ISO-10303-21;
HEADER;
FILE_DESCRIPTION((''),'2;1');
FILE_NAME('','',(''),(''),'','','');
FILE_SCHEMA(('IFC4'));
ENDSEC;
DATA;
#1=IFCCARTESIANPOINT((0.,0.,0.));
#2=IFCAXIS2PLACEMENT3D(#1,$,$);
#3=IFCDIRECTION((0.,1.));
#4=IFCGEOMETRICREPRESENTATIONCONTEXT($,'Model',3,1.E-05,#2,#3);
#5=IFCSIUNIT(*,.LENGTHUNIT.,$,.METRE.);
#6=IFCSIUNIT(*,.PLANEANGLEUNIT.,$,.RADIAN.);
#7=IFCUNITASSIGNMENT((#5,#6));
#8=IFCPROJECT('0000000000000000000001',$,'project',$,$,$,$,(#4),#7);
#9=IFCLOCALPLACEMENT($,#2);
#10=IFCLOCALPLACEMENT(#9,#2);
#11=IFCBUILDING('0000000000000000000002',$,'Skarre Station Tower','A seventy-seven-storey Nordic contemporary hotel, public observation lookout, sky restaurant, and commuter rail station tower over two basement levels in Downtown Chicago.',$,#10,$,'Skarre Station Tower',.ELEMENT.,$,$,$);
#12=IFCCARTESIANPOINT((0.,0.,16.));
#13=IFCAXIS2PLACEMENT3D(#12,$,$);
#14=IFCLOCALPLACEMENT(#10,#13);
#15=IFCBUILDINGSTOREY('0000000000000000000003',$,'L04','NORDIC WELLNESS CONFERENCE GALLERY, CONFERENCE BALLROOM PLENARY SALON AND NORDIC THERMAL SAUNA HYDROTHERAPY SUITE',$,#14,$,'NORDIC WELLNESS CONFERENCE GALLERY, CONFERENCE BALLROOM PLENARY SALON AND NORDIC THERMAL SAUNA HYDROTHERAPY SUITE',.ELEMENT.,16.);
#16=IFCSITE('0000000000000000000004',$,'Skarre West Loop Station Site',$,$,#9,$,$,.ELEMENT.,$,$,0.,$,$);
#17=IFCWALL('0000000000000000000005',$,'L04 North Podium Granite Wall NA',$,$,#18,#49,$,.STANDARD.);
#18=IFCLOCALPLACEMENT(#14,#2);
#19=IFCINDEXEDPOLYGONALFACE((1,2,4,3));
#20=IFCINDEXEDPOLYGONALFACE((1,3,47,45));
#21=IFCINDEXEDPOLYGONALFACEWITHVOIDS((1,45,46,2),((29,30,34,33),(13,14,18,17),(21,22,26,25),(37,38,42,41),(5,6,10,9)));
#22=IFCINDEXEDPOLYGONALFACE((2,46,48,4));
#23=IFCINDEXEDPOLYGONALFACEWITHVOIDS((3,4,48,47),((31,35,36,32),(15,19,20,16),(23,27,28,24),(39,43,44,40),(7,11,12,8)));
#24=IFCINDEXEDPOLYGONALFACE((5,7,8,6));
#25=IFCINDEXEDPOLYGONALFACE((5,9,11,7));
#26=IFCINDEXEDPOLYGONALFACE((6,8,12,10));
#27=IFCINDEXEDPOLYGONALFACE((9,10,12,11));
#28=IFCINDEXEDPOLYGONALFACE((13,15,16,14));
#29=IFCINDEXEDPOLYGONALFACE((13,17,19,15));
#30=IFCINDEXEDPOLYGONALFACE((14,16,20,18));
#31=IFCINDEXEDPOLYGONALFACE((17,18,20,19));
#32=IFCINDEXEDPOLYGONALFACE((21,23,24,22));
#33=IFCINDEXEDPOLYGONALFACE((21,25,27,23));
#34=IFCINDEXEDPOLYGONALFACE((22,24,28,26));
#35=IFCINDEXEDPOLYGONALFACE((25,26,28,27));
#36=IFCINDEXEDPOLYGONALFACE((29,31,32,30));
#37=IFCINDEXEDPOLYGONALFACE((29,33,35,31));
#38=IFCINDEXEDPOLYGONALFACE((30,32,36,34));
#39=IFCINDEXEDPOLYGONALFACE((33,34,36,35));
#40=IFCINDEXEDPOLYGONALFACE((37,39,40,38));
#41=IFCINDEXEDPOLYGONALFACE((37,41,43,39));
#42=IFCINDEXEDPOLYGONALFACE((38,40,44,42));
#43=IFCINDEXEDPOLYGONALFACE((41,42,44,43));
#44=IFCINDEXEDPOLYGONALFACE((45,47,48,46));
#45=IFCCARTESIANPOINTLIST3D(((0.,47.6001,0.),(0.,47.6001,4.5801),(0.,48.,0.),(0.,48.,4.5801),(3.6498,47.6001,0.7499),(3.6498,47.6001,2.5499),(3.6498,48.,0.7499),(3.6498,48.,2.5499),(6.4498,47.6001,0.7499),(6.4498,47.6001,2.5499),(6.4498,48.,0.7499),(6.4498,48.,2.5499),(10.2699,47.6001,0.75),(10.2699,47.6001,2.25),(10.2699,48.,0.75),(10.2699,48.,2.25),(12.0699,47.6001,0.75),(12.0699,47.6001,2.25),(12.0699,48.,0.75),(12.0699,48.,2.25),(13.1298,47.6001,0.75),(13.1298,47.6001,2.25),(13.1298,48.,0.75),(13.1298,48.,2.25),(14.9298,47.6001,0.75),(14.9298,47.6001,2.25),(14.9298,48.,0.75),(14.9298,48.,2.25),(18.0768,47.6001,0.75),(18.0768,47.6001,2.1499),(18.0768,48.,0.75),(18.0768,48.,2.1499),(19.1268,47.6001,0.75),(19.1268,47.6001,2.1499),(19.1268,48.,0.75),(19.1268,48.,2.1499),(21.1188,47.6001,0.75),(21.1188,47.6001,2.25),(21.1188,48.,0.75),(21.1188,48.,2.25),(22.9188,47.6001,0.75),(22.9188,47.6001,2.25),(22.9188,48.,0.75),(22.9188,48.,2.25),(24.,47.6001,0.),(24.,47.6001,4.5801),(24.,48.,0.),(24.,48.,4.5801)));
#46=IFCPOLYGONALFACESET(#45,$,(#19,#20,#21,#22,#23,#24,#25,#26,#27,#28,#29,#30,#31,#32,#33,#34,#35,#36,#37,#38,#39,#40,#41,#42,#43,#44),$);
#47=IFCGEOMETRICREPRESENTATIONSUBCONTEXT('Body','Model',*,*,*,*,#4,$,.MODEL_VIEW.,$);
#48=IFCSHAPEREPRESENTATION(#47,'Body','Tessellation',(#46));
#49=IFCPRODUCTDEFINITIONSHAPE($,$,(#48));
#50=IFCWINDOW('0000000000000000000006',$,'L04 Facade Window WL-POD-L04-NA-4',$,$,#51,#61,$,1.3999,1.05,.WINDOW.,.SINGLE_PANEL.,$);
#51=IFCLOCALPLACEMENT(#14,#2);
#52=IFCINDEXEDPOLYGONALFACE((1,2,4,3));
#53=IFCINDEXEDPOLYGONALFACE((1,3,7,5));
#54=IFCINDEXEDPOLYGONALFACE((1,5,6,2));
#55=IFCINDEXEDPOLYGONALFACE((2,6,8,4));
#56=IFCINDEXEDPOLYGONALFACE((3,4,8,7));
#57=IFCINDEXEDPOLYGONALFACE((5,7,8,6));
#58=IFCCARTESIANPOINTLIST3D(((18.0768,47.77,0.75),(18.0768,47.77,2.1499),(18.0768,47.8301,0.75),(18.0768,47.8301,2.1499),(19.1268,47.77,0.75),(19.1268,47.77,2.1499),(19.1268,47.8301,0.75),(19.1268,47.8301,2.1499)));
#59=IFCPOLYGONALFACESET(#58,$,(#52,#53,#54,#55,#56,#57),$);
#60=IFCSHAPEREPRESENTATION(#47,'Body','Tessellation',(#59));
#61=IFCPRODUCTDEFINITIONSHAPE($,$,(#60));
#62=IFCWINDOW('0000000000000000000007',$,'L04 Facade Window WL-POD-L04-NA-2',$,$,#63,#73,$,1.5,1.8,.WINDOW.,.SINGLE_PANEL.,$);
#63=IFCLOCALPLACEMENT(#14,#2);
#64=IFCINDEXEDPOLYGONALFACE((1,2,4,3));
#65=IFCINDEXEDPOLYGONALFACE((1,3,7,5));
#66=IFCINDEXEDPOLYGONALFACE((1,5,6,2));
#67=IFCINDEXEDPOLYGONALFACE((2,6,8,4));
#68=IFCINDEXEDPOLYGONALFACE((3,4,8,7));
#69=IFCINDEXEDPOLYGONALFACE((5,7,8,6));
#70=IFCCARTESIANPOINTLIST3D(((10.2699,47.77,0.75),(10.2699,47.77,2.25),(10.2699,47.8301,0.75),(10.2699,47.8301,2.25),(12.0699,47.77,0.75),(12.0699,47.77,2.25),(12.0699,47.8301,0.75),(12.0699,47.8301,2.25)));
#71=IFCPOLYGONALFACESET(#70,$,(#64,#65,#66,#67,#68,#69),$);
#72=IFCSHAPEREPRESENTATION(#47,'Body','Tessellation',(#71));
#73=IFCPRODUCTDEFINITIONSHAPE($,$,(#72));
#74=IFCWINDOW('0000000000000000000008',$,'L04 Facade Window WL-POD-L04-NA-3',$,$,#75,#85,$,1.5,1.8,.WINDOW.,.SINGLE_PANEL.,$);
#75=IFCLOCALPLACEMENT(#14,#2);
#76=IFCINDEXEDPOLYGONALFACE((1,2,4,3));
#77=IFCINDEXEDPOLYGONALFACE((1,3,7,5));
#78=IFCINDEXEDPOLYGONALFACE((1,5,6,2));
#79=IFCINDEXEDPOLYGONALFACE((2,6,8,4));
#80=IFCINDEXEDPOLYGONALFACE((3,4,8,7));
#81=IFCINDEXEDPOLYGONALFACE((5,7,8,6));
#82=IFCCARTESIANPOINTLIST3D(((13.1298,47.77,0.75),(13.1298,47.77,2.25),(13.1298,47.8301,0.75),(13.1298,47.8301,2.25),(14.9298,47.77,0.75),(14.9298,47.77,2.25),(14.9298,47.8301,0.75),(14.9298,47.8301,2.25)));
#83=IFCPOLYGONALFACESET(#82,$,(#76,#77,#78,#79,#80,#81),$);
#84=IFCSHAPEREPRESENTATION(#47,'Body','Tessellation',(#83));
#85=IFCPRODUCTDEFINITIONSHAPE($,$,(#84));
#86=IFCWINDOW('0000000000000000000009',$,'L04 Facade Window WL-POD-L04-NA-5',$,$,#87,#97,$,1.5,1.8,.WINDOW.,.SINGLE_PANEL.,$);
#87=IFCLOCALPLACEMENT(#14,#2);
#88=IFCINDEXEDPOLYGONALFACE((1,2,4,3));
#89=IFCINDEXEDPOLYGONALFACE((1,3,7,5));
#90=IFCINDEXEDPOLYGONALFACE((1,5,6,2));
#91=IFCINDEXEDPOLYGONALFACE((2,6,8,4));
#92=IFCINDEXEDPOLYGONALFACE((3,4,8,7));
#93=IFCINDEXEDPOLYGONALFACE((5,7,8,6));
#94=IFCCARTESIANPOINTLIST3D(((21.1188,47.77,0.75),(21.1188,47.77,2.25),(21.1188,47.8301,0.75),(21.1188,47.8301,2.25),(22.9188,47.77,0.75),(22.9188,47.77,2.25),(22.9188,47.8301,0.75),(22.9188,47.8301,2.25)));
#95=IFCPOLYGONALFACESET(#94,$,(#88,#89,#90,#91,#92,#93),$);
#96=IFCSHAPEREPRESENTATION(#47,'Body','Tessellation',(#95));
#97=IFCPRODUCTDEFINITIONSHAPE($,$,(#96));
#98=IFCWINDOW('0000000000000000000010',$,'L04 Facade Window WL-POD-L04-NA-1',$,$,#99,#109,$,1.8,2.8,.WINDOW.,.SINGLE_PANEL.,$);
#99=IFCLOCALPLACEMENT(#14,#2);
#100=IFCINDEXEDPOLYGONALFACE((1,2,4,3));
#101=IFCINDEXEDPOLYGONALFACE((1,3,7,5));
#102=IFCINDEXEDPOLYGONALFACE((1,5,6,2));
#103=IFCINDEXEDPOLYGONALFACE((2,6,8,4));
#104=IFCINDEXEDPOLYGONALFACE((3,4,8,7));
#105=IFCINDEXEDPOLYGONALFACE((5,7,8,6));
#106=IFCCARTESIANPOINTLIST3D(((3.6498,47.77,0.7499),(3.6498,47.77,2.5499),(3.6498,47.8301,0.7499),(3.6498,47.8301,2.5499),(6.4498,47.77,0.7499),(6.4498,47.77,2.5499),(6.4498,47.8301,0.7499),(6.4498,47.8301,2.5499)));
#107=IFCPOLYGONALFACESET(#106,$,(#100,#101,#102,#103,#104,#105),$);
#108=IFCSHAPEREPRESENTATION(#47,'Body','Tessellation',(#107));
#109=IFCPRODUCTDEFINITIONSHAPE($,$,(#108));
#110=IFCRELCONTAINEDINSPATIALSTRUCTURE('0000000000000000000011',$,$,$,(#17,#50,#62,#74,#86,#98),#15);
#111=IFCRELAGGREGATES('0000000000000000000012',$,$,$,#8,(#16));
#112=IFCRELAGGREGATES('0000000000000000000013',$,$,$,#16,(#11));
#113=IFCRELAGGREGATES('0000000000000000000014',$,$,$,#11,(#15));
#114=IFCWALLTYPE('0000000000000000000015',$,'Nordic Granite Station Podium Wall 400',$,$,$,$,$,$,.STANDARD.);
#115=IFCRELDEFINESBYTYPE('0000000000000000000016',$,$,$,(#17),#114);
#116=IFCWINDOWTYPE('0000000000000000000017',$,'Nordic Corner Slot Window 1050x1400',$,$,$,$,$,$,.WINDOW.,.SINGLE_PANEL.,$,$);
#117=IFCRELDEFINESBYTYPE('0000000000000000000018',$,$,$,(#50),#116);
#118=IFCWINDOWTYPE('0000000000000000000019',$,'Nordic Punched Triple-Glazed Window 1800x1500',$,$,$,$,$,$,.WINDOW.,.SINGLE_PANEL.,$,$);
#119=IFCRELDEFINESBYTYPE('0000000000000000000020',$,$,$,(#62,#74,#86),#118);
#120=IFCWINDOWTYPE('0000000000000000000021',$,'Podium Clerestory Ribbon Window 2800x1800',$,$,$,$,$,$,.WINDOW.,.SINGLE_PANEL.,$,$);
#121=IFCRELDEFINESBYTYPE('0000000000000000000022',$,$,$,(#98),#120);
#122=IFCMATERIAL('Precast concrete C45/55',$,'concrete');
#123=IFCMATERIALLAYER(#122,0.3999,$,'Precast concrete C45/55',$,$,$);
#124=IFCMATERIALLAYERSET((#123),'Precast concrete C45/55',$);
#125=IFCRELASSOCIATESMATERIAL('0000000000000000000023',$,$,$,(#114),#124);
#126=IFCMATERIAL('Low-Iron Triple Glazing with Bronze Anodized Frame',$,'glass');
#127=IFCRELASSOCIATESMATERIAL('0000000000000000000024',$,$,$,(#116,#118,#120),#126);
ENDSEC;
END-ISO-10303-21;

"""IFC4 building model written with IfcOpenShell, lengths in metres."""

from ifc_helpers import new_model, si_unit, direction, frame, frame_2d, origin, place, context, subcontext, project, spatial, rectangle, extrude, material, layer, layer_set, type_object, element, fill, save


model = new_model("IFC4")

# Units and contexts
model_context = context("Model", 3, precision=1e-05, world=origin(), true_north=direction((0.0, 1.0)))
body_context = subcontext(model_context, "Body", "Model", "MODEL_VIEW")
ifc_project = project(units=[si_unit("LENGTHUNIT", "METRE"), si_unit("PLANEANGLEUNIT", "RADIAN")], contexts=[model_context])

# Site, building, storey
site_placement = place(None, origin())
site = spatial("IfcSite", under=ifc_project, at=site_placement, Name="Skarre West Loop Station Site", CompositionType="ELEMENT", RefElevation=0.0)
building_placement = place(site_placement, origin())
building = spatial("IfcBuilding", under=site, at=building_placement, Name="Skarre Station Tower", Description="A seventy-seven-storey Nordic contemporary hotel, public observation lookout, sky restaurant, and commuter rail station tower over two basement levels in Downtown Chicago.", LongName="Skarre Station Tower", CompositionType="ELEMENT")
storey_placement = place(building_placement, frame((0.0, 0.0, 16.0)))
storey = spatial("IfcBuildingStorey", under=building, at=storey_placement, Name="L04", Description="NORDIC WELLNESS CONFERENCE GALLERY, CONFERENCE BALLROOM PLENARY SALON AND NORDIC THERMAL SAUNA HYDROTHERAPY SUITE", LongName="NORDIC WELLNESS CONFERENCE GALLERY, CONFERENCE BALLROOM PLENARY SALON AND NORDIC THERMAL SAUNA HYDROTHERAPY SUITE", CompositionType="ELEMENT", Elevation=16.0)

# Wall, openings, windows
ifc_material_1 = material(Name="Precast concrete C45/55", Category="concrete")
ifc_layer_1 = layer(ifc_material_1, 0.3999, Name="Precast concrete C45/55")
ifc_layer_set_1 = layer_set([ifc_layer_1], Name="Precast concrete C45/55")
wall_type = type_object("IfcWallType", Name="Nordic Granite Station Podium Wall 400", PredefinedType="STANDARD", material=ifc_layer_set_1)
wall_1_placement = place(storey_placement, frame((0.0, 47.8, 0.0), z_axis=(0.0, 0.0, 1.0), x_axis=(1.0, 0.0, 0.0)))
wall_1 = element("IfcWall", 1, at=wall_1_placement, inside=storey, type_object=wall_type, Name="L04 North Podium Granite Wall NA", PredefinedType="STANDARD", context=body_context, shape_type="SweptSolid", body=[
    extrude(rectangle(XDim=24.0, YDim=0.3999, at=frame_2d((12.0, 0.0))), origin(), (0.0, 0.0, 1.0), 4.5801),
])
opening_1_placement = place(wall_1_placement, frame((3.6499, 0.0, 0.75)))
opening_1 = element("IfcOpeningElement", 2, at=opening_1_placement, cuts=wall_1, PredefinedType="OPENING", context=body_context, shape_type="SweptSolid", body=[
    extrude(rectangle(XDim=2.8, YDim=1.8, at=frame_2d((1.3999, 0.8999))), frame((0.0, 0.21, 0.0), z_axis=(0.0, -1.0, 0.0), x_axis=(1.0, 0.0, 0.0)), (0.0, 0.0, 1.0), 0.4199),
])
opening_2_placement = place(wall_1_placement, frame((10.27, 0.0, 0.75)))
opening_2 = element("IfcOpeningElement", 3, at=opening_2_placement, cuts=wall_1, PredefinedType="OPENING", context=body_context, shape_type="SweptSolid", body=[
    extrude(rectangle(XDim=1.8, YDim=1.5, at=frame_2d((0.8999, 0.75))), frame((0.0, 0.21, 0.0), z_axis=(0.0, -1.0, 0.0), x_axis=(1.0, 0.0, 0.0)), (0.0, 0.0, 1.0), 0.4199),
])
opening_3_placement = place(wall_1_placement, frame((13.1299, 0.0, 0.75)))
opening_3 = element("IfcOpeningElement", 4, at=opening_3_placement, cuts=wall_1, PredefinedType="OPENING", context=body_context, shape_type="SweptSolid", body=[
    extrude(rectangle(XDim=1.8, YDim=1.5, at=frame_2d((0.8999, 0.75))), frame((0.0, 0.21, 0.0), z_axis=(0.0, -1.0, 0.0), x_axis=(1.0, 0.0, 0.0)), (0.0, 0.0, 1.0), 0.4199),
])
opening_4_placement = place(wall_1_placement, frame((18.0769, 0.0, 0.75)))
opening_4 = element("IfcOpeningElement", 5, at=opening_4_placement, cuts=wall_1, PredefinedType="OPENING", context=body_context, shape_type="SweptSolid", body=[
    extrude(rectangle(XDim=1.05, YDim=1.3999, at=frame_2d((0.5249, 0.7))), frame((0.0, 0.21, 0.0), z_axis=(0.0, -1.0, 0.0), x_axis=(1.0, 0.0, 0.0)), (0.0, 0.0, 1.0), 0.4199),
])
opening_5_placement = place(wall_1_placement, frame((21.1189, 0.0, 0.75)))
opening_5 = element("IfcOpeningElement", 6, at=opening_5_placement, cuts=wall_1, PredefinedType="OPENING", context=body_context, shape_type="SweptSolid", body=[
    extrude(rectangle(XDim=1.8, YDim=1.5, at=frame_2d((0.8999, 0.75))), frame((0.0, 0.21, 0.0), z_axis=(0.0, -1.0, 0.0), x_axis=(1.0, 0.0, 0.0)), (0.0, 0.0, 1.0), 0.4199),
])
ifc_material_2 = material(Name="Low-Iron Triple Glazing with Bronze Anodized Frame", Category="glass")
window_type_1 = type_object("IfcWindowType", Name="Nordic Corner Slot Window 1050x1400", PartitioningType="SINGLE_PANEL", PredefinedType="WINDOW", material=ifc_material_2)
window_1_placement = place(opening_4_placement, origin())
window_1 = element("IfcWindow", 7, at=window_1_placement, inside=storey, type_object=window_type_1, Name="L04 Facade Window WL-POD-L04-NA-4", OverallHeight=1.3999, OverallWidth=1.05, PartitioningType="SINGLE_PANEL", PredefinedType="WINDOW", context=body_context, shape_type="SweptSolid", body=[
    extrude(rectangle(XDim=1.05, YDim=1.3999, at=frame_2d((0.5249, 0.7))), frame((0.0, 0.03, 0.0), z_axis=(0.0, -1.0, 0.0), x_axis=(1.0, 0.0, 0.0)), (0.0, 0.0, 1.0), 0.0601),
])
fill(opening_4, window_1)
window_type_2 = type_object("IfcWindowType", Name="Nordic Punched Triple-Glazed Window 1800x1500", PartitioningType="SINGLE_PANEL", PredefinedType="WINDOW", material=ifc_material_2)
window_2_placement = place(opening_2_placement, origin())
window_2 = element("IfcWindow", 8, at=window_2_placement, inside=storey, type_object=window_type_2, Name="L04 Facade Window WL-POD-L04-NA-2", OverallHeight=1.5, OverallWidth=1.8, PartitioningType="SINGLE_PANEL", PredefinedType="WINDOW", context=body_context, shape_type="SweptSolid", body=[
    extrude(rectangle(XDim=1.8, YDim=1.5, at=frame_2d((0.8999, 0.75))), frame((0.0, 0.03, 0.0), z_axis=(0.0, -1.0, 0.0), x_axis=(1.0, 0.0, 0.0)), (0.0, 0.0, 1.0), 0.0601),
])
fill(opening_2, window_2)
window_3_placement = place(opening_3_placement, origin())
window_3 = element("IfcWindow", 9, at=window_3_placement, inside=storey, type_object=window_type_2, Name="L04 Facade Window WL-POD-L04-NA-3", OverallHeight=1.5, OverallWidth=1.8, PartitioningType="SINGLE_PANEL", PredefinedType="WINDOW", context=body_context, shape_type="SweptSolid", body=[
    extrude(rectangle(XDim=1.8, YDim=1.5, at=frame_2d((0.8999, 0.75))), frame((0.0, 0.03, 0.0), z_axis=(0.0, -1.0, 0.0), x_axis=(1.0, 0.0, 0.0)), (0.0, 0.0, 1.0), 0.0601),
])
fill(opening_3, window_3)
window_4_placement = place(opening_5_placement, origin())
window_4 = element("IfcWindow", 10, at=window_4_placement, inside=storey, type_object=window_type_2, Name="L04 Facade Window WL-POD-L04-NA-5", OverallHeight=1.5, OverallWidth=1.8, PartitioningType="SINGLE_PANEL", PredefinedType="WINDOW", context=body_context, shape_type="SweptSolid", body=[
    extrude(rectangle(XDim=1.8, YDim=1.5, at=frame_2d((0.8999, 0.75))), frame((0.0, 0.03, 0.0), z_axis=(0.0, -1.0, 0.0), x_axis=(1.0, 0.0, 0.0)), (0.0, 0.0, 1.0), 0.0601),
])
fill(opening_5, window_4)
window_type_3 = type_object("IfcWindowType", Name="Podium Clerestory Ribbon Window 2800x1800", PartitioningType="SINGLE_PANEL", PredefinedType="WINDOW", material=ifc_material_2)
window_5_placement = place(opening_1_placement, origin())
window_5 = element("IfcWindow", 11, at=window_5_placement, inside=storey, type_object=window_type_3, Name="L04 Facade Window WL-POD-L04-NA-1", OverallHeight=1.8, OverallWidth=2.8, PartitioningType="SINGLE_PANEL", PredefinedType="WINDOW", context=body_context, shape_type="SweptSolid", body=[
    extrude(rectangle(XDim=2.8, YDim=1.8, at=frame_2d((1.3999, 0.8999))), frame((0.0, 0.03, 0.0), z_axis=(0.0, -1.0, 0.0), x_axis=(1.0, 0.0, 0.0)), (0.0, 0.0, 1.0), 0.0601),
])
fill(opening_1, window_5)

save(model, "model.ifc")
